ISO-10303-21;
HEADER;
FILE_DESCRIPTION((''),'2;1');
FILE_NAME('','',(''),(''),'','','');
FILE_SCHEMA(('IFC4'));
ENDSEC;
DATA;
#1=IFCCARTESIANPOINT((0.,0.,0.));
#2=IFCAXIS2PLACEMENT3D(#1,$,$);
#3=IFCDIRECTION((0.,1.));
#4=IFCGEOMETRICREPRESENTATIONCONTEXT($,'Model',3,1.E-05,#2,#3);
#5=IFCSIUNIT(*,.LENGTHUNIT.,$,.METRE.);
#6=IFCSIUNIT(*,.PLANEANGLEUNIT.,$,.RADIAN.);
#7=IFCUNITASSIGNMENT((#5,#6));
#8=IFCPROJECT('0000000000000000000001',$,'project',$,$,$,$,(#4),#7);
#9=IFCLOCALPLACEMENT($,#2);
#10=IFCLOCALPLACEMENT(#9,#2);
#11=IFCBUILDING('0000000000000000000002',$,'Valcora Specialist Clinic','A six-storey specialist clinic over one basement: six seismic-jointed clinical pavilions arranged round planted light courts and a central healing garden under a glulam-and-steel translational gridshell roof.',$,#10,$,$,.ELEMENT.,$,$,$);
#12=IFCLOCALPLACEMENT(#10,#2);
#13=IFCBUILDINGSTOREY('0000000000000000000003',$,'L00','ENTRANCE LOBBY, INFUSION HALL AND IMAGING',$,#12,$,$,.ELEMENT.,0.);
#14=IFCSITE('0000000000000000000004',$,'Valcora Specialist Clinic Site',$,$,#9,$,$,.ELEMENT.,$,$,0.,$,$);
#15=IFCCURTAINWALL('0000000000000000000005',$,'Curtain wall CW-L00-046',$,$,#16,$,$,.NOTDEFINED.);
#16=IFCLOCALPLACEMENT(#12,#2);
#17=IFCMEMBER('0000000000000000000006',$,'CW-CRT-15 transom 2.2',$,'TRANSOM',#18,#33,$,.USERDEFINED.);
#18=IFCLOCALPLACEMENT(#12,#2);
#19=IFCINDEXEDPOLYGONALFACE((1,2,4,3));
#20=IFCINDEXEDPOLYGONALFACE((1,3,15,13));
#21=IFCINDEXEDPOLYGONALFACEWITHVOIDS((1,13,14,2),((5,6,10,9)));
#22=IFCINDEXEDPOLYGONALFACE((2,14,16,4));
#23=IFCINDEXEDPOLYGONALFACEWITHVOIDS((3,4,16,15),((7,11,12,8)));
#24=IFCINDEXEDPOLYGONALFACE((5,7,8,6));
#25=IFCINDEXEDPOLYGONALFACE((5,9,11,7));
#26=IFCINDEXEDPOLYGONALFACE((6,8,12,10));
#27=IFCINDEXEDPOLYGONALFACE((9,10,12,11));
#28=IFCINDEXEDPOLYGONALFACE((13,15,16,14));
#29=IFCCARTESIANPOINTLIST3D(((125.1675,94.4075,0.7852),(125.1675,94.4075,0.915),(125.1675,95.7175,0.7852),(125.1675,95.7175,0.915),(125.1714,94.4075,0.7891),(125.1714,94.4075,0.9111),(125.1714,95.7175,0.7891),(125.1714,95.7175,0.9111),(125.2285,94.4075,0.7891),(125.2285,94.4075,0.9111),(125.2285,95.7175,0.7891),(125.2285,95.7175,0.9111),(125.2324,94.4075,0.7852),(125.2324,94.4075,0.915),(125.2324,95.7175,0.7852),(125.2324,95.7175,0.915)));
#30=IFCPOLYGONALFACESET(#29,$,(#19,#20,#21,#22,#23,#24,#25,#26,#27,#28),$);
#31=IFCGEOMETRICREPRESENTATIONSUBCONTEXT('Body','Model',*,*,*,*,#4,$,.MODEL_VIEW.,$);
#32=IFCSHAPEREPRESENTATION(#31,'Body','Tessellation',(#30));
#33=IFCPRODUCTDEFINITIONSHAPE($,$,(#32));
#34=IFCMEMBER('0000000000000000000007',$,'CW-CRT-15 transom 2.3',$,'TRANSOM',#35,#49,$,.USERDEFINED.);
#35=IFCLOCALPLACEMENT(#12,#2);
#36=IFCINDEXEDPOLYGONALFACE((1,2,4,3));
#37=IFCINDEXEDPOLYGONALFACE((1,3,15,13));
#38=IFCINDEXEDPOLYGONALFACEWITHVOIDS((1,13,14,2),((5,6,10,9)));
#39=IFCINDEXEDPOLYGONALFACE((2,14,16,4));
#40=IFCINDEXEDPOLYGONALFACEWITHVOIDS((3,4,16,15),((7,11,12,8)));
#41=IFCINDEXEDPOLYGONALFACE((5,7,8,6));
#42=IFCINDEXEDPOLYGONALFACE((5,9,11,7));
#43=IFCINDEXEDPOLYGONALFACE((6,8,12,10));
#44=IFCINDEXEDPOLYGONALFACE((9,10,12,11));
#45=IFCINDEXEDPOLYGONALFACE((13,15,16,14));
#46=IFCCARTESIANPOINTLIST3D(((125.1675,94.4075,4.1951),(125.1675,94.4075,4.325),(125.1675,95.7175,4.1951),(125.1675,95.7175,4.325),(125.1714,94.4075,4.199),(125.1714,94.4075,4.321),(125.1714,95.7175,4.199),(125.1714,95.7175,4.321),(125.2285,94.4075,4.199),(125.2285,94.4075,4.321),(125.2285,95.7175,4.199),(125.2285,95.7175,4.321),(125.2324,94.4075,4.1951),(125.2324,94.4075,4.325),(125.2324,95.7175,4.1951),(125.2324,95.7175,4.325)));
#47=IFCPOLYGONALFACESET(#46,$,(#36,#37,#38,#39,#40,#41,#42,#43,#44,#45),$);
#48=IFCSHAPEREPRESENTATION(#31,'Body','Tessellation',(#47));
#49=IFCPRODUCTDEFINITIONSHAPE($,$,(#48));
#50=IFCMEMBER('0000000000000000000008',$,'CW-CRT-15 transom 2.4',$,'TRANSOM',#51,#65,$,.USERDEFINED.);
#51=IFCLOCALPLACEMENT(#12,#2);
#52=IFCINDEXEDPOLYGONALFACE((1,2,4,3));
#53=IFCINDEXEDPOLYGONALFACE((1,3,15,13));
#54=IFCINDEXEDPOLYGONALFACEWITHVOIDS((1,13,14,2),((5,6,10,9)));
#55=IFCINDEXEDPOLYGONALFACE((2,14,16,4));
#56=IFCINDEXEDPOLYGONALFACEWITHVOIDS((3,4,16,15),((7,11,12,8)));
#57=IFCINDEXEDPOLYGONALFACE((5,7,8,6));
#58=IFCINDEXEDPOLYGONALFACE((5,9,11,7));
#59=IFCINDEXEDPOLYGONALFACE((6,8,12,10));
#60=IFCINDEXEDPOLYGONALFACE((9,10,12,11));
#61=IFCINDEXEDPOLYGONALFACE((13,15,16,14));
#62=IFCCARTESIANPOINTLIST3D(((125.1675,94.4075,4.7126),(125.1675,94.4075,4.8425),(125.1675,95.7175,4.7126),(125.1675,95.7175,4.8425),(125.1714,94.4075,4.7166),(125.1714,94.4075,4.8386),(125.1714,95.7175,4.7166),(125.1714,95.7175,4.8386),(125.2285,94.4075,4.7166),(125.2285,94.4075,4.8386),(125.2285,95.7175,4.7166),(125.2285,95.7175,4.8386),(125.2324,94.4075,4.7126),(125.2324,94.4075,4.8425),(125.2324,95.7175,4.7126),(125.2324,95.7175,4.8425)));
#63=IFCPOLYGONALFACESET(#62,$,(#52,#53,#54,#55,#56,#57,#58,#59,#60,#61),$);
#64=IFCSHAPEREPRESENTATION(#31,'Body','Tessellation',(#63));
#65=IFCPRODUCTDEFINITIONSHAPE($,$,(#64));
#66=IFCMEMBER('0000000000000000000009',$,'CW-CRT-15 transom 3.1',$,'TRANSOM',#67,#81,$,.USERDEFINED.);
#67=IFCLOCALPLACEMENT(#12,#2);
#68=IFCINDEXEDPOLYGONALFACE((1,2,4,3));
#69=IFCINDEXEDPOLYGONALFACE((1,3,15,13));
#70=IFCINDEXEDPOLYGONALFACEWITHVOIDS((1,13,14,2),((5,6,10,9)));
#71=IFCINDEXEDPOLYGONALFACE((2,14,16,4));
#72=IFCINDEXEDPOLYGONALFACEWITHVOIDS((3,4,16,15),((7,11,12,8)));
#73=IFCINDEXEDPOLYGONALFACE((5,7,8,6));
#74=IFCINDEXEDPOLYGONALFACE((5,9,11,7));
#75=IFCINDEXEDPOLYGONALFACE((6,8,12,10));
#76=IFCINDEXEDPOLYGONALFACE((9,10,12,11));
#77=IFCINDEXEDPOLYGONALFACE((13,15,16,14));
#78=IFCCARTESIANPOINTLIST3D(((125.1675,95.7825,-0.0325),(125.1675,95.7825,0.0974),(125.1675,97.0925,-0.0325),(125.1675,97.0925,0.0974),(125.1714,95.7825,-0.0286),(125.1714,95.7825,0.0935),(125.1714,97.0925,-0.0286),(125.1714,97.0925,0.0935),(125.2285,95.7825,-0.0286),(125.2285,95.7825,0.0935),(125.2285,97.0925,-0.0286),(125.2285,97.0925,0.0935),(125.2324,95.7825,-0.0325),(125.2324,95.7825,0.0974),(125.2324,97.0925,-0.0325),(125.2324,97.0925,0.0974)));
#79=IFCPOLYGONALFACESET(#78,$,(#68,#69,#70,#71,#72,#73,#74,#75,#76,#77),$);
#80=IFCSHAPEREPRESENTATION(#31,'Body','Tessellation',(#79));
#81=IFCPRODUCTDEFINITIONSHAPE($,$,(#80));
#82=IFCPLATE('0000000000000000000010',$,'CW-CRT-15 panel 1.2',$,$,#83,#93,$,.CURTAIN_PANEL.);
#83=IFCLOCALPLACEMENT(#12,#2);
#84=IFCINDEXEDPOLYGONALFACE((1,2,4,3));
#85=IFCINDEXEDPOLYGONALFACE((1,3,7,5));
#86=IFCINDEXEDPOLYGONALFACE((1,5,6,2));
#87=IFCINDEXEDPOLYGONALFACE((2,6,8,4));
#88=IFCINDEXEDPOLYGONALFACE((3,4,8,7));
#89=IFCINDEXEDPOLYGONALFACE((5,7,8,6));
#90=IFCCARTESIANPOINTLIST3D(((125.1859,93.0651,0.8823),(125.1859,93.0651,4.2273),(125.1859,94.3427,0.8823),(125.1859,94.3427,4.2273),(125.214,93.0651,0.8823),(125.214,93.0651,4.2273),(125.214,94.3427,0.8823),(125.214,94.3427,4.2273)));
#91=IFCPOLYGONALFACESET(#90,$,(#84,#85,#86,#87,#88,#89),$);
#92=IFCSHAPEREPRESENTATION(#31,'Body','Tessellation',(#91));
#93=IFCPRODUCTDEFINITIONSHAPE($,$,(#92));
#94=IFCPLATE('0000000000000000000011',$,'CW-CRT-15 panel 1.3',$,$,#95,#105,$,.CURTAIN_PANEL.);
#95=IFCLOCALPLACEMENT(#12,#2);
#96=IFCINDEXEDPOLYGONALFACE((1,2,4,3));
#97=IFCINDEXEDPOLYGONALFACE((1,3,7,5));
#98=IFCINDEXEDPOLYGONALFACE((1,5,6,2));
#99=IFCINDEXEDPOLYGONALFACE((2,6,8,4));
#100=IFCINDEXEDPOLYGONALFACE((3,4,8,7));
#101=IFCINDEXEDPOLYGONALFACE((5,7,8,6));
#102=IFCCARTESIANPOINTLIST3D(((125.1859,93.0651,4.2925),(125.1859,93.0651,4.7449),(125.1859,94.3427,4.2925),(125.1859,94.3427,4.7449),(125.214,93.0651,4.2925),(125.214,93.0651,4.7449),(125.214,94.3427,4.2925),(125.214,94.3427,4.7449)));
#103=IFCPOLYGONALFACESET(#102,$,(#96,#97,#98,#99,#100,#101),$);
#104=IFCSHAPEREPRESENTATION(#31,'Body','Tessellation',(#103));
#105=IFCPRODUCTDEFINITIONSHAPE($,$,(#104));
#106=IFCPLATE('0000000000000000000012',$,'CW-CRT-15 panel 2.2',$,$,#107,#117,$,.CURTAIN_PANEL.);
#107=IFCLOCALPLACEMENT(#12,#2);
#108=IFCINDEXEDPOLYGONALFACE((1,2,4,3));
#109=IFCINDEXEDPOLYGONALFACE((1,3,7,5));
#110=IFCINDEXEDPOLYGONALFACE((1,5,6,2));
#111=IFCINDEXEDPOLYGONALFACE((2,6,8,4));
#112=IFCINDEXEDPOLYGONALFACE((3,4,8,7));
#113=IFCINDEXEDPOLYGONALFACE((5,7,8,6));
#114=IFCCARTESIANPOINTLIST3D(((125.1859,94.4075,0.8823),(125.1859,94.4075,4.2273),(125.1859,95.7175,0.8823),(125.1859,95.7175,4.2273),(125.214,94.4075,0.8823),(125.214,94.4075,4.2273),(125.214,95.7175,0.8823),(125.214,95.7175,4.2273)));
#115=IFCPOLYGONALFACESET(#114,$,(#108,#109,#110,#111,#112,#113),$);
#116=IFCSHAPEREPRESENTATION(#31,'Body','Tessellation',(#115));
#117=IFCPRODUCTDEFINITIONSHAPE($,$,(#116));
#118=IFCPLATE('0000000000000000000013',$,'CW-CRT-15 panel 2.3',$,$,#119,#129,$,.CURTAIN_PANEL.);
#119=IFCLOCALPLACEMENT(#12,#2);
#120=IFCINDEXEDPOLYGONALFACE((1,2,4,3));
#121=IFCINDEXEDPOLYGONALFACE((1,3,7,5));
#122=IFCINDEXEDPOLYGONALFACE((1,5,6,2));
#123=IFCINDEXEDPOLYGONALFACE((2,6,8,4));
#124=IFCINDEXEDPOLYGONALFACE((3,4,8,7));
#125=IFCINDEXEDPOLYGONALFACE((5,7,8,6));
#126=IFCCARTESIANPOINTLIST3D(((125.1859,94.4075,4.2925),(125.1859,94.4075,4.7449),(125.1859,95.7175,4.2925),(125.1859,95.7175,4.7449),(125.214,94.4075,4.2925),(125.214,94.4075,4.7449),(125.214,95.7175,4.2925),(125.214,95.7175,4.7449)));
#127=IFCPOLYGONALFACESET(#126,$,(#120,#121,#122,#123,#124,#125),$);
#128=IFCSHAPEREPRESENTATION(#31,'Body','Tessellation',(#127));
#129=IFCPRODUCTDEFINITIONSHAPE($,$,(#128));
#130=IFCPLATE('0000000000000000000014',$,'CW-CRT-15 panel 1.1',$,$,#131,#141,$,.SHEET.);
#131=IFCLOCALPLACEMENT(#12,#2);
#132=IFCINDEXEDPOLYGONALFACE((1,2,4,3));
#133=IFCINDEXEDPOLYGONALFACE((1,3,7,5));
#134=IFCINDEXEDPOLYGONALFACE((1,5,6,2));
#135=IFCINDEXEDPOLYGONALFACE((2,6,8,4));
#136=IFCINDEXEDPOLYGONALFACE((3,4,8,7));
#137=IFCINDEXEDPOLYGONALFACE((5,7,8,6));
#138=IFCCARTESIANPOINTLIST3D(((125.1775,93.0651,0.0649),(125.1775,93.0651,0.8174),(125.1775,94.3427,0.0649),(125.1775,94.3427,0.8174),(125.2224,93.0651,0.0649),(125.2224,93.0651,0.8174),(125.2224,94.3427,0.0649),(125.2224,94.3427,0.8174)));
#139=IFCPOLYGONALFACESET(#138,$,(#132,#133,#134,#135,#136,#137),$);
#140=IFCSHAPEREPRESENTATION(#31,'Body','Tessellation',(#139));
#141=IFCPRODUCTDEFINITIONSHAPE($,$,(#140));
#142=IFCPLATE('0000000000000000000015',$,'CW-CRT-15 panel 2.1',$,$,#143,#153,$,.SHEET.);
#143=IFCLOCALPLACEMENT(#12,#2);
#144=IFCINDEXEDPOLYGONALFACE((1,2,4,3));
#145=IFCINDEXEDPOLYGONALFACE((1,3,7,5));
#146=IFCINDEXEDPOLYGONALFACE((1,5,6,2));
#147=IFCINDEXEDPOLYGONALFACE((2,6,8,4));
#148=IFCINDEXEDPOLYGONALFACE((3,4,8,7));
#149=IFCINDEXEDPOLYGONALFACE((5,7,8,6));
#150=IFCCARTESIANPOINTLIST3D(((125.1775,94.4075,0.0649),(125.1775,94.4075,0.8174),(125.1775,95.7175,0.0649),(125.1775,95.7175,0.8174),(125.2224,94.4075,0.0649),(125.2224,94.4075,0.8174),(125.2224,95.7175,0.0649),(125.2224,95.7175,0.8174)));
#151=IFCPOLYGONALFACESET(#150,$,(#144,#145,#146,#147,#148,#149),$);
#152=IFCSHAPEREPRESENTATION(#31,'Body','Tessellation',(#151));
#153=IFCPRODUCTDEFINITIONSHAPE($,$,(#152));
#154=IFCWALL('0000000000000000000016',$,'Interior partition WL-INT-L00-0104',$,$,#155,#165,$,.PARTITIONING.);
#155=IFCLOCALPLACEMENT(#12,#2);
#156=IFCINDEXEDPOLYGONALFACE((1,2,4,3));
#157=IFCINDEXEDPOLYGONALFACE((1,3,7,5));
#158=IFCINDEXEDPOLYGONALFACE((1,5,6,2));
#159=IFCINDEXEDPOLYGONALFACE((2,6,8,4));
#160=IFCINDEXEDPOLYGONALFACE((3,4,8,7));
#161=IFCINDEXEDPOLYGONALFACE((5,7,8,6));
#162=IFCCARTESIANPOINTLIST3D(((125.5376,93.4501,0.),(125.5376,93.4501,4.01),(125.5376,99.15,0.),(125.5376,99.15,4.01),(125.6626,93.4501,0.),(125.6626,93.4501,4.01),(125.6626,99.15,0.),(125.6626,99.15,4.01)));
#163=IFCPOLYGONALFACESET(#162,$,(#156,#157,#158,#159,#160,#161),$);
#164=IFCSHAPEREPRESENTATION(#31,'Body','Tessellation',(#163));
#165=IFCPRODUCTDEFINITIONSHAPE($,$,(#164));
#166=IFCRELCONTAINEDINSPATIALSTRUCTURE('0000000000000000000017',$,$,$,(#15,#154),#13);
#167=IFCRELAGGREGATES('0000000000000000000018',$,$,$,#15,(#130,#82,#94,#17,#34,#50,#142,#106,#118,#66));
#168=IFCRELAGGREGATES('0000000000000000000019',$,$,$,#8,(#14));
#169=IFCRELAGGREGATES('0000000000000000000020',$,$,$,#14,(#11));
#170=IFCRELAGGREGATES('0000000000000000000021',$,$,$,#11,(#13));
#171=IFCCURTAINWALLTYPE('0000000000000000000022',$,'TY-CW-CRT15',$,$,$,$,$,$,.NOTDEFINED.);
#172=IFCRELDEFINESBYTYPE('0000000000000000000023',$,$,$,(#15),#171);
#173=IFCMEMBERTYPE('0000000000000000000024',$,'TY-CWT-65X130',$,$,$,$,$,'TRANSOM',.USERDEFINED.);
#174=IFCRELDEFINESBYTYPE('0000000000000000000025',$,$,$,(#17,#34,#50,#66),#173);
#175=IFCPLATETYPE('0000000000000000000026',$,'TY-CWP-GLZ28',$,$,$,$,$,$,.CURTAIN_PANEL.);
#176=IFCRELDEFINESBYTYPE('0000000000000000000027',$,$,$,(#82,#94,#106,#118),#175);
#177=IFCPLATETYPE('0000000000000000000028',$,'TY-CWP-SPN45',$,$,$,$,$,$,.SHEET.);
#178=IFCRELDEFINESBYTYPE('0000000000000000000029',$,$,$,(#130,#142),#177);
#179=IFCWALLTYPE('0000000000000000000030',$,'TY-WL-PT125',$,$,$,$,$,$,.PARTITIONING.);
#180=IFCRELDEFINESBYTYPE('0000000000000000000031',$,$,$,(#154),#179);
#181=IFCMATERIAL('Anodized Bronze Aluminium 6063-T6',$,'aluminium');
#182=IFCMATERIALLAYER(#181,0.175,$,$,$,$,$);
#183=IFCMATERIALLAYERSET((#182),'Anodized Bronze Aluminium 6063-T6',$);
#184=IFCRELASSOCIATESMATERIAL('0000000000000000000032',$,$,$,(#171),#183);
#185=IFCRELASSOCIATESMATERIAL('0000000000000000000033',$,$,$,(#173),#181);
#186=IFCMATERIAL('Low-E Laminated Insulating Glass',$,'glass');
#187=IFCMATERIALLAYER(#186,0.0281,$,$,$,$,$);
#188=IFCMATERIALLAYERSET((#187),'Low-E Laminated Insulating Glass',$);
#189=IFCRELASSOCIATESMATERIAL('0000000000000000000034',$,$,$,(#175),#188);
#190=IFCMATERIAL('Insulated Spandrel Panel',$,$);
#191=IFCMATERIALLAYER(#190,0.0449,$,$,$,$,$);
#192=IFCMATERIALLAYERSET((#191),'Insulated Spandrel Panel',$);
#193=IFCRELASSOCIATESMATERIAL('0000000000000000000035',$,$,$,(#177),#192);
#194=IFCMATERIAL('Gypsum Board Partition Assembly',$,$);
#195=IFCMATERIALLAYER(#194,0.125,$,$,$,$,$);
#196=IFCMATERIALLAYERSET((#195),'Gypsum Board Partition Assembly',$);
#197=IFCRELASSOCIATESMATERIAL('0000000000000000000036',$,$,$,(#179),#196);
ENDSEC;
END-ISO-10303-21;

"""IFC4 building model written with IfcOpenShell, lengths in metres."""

from ifc_helpers import new_model, si_unit, direction, frame, frame_2d, origin, origin_2d, place, context, subcontext, project, spatial, rectangle, hollow_rectangle, extrude, material, layer, layer_set, material_profile, profile_set, type_object, element, aggregate, save


model = new_model("IFC4")

# Units and contexts
model_context = context("Model", 3, precision=1e-05, world=origin(), true_north=direction((0.0, 1.0)))
body_context = subcontext(model_context, "Body", "Model", "MODEL_VIEW")
ifc_project = project(units=[si_unit("LENGTHUNIT", "METRE"), si_unit("PLANEANGLEUNIT", "RADIAN")], contexts=[model_context])

# Site, building, storey
site_placement = place(None, origin())
site = spatial("IfcSite", under=ifc_project, at=site_placement, Name="Valcora Specialist Clinic Site", CompositionType="ELEMENT", RefElevation=0.0)
building_placement = place(site_placement, origin())
building = spatial("IfcBuilding", under=site, at=building_placement, Name="Valcora Specialist Clinic", Description="A six-storey specialist clinic over one basement: six seismic-jointed clinical pavilions arranged round planted light courts and a central healing garden under a glulam-and-steel translational gridshell roof.", CompositionType="ELEMENT")
storey_placement = place(building_placement, origin())
storey = spatial("IfcBuildingStorey", under=building, at=storey_placement, Name="L00", Description="ENTRANCE LOBBY, INFUSION HALL AND IMAGING", CompositionType="ELEMENT", Elevation=0.0)

# Curtain wall, members, plates
ifc_material_1 = material(Name="Anodized Bronze Aluminium 6063-T6", Category="aluminium")
ifc_layer_1 = layer(ifc_material_1, 0.175)
ifc_layer_set_1 = layer_set([ifc_layer_1], Name="Anodized Bronze Aluminium 6063-T6")
curtain_wall_type = type_object("IfcCurtainWallType", Name="TY-CW-CRT15", PredefinedType="NOTDEFINED", material=ifc_layer_set_1)
curtain_wall_placement = place(storey_placement, origin())
curtain_wall = element("IfcCurtainWall", 1, at=curtain_wall_placement, inside=storey, type_object=curtain_wall_type, Name="Curtain wall CW-L00-046", PredefinedType="NOTDEFINED")
ifc_material_profile_1 = material_profile(ifc_material_1, hollow_rectangle(XDim=0.0649, YDim=0.1299, WallThickness=0.0039, at=origin_2d()), Name="AL-TRN-65X130")
ifc_profile_set_1 = profile_set([ifc_material_profile_1], Name="Anodized Bronze Aluminium 6063-T6")
member_type_1 = type_object("IfcMemberType", Name="TY-CWT-65X130", ElementType="TRANSOM", PredefinedType="USERDEFINED", material=ifc_profile_set_1)
member_1_placement = place(storey_placement, frame((125.2, 94.4075, 0.8501), z_axis=(0.0, 1.0, 0.0), x_axis=(-1.0, 0.0, 0.0)))
member_1 = element("IfcMember", 2, at=member_1_placement, type_object=member_type_1, Name="CW-CRT-15 transom 2.2", ObjectType="TRANSOM", PredefinedType="USERDEFINED", context=body_context, shape_type="SweptSolid", body=[
    extrude(hollow_rectangle(XDim=0.0649, YDim=0.1299, WallThickness=0.0039, at=origin_2d()), origin(), (0.0, 0.0, 1.0), 1.3101),
])
member_2_placement = place(storey_placement, frame((125.2, 94.4075, 4.26), z_axis=(0.0, 1.0, 0.0), x_axis=(-1.0, 0.0, 0.0)))
member_2 = element("IfcMember", 3, at=member_2_placement, type_object=member_type_1, Name="CW-CRT-15 transom 2.3", ObjectType="TRANSOM", PredefinedType="USERDEFINED", context=body_context, shape_type="SweptSolid", body=[
    extrude(hollow_rectangle(XDim=0.0649, YDim=0.1299, WallThickness=0.0039, at=origin_2d()), origin(), (0.0, 0.0, 1.0), 1.3101),
])
member_3_placement = place(storey_placement, frame((125.2, 94.4075, 4.7776), z_axis=(0.0, 1.0, 0.0), x_axis=(-1.0, 0.0, 0.0)))
member_3 = element("IfcMember", 4, at=member_3_placement, type_object=member_type_1, Name="CW-CRT-15 transom 2.4", ObjectType="TRANSOM", PredefinedType="USERDEFINED", context=body_context, shape_type="SweptSolid", body=[
    extrude(hollow_rectangle(XDim=0.0649, YDim=0.1299, WallThickness=0.0039, at=origin_2d()), origin(), (0.0, 0.0, 1.0), 1.3101),
])
member_4_placement = place(storey_placement, frame((125.2, 95.7825, 0.0325), z_axis=(0.0, 1.0, 0.0), x_axis=(-1.0, 0.0, 0.0)))
member_4 = element("IfcMember", 5, at=member_4_placement, type_object=member_type_1, Name="CW-CRT-15 transom 3.1", ObjectType="TRANSOM", PredefinedType="USERDEFINED", context=body_context, shape_type="SweptSolid", body=[
    extrude(hollow_rectangle(XDim=0.0649, YDim=0.1299, WallThickness=0.0039, at=origin_2d()), origin(), (0.0, 0.0, 1.0), 1.3101),
])
ifc_material_2 = material(Name="Low-E Laminated Insulating Glass", Category="glass")
ifc_layer_2 = layer(ifc_material_2, 0.0281)
ifc_layer_set_2 = layer_set([ifc_layer_2], Name="Low-E Laminated Insulating Glass")
plate_type_1 = type_object("IfcPlateType", Name="TY-CWP-GLZ28", PredefinedType="CURTAIN_PANEL", material=ifc_layer_set_2)
plate_1_placement = place(storey_placement, frame((125.2, 93.7039, 0.8823), z_axis=(0.0, 0.0, 1.0), x_axis=(0.0, 1.0, 0.0)))
plate_1 = element("IfcPlate", 6, at=plate_1_placement, type_object=plate_type_1, Name="CW-CRT-15 panel 1.2", PredefinedType="CURTAIN_PANEL", context=body_context, shape_type="SweptSolid", body=[
    extrude(rectangle(XDim=1.2776, YDim=0.0281, at=origin_2d()), origin(), (0.0, 0.0, 1.0), 3.345),
])
plate_2_placement = place(storey_placement, frame((125.2, 93.7039, 4.2925), z_axis=(0.0, 0.0, 1.0), x_axis=(0.0, 1.0, 0.0)))
plate_2 = element("IfcPlate", 7, at=plate_2_placement, type_object=plate_type_1, Name="CW-CRT-15 panel 1.3", PredefinedType="CURTAIN_PANEL", context=body_context, shape_type="SweptSolid", body=[
    extrude(rectangle(XDim=1.2776, YDim=0.0281, at=origin_2d()), origin(), (0.0, 0.0, 1.0), 0.4524),
])
plate_3_placement = place(storey_placement, frame((125.2, 95.0625, 0.8823), z_axis=(0.0, 0.0, 1.0), x_axis=(0.0, 1.0, 0.0)))
plate_3 = element("IfcPlate", 8, at=plate_3_placement, type_object=plate_type_1, Name="CW-CRT-15 panel 2.2", PredefinedType="CURTAIN_PANEL", context=body_context, shape_type="SweptSolid", body=[
    extrude(rectangle(XDim=1.3101, YDim=0.0281, at=origin_2d()), origin(), (0.0, 0.0, 1.0), 3.345),
])
plate_4_placement = place(storey_placement, frame((125.2, 95.0625, 4.2925), z_axis=(0.0, 0.0, 1.0), x_axis=(0.0, 1.0, 0.0)))
plate_4 = element("IfcPlate", 9, at=plate_4_placement, type_object=plate_type_1, Name="CW-CRT-15 panel 2.3", PredefinedType="CURTAIN_PANEL", context=body_context, shape_type="SweptSolid", body=[
    extrude(rectangle(XDim=1.3101, YDim=0.0281, at=origin_2d()), origin(), (0.0, 0.0, 1.0), 0.4524),
])
ifc_material_3 = material(Name="Insulated Spandrel Panel")
ifc_layer_3 = layer(ifc_material_3, 0.0449)
ifc_layer_set_3 = layer_set([ifc_layer_3], Name="Insulated Spandrel Panel")
plate_type_2 = type_object("IfcPlateType", Name="TY-CWP-SPN45", PredefinedType="SHEET", material=ifc_layer_set_3)
plate_5_placement = place(storey_placement, frame((125.2, 93.7039, 0.0649), z_axis=(0.0, 0.0, 1.0), x_axis=(0.0, 1.0, 0.0)))
plate_5 = element("IfcPlate", 10, at=plate_5_placement, type_object=plate_type_2, Name="CW-CRT-15 panel 1.1", PredefinedType="SHEET", context=body_context, shape_type="SweptSolid", body=[
    extrude(rectangle(XDim=1.2776, YDim=0.0449, at=origin_2d()), origin(), (0.0, 0.0, 1.0), 0.7524),
])
plate_6_placement = place(storey_placement, frame((125.2, 95.0625, 0.0649), z_axis=(0.0, 0.0, 1.0), x_axis=(0.0, 1.0, 0.0)))
plate_6 = element("IfcPlate", 11, at=plate_6_placement, type_object=plate_type_2, Name="CW-CRT-15 panel 2.1", PredefinedType="SHEET", context=body_context, shape_type="SweptSolid", body=[
    extrude(rectangle(XDim=1.3101, YDim=0.0449, at=origin_2d()), origin(), (0.0, 0.0, 1.0), 0.7524),
])
aggregate(curtain_wall, [plate_5, plate_1, plate_2, member_1, member_2, member_3, plate_6, plate_3, plate_4, member_4])

# Wall
ifc_material_4 = material(Name="Gypsum Board Partition Assembly")
ifc_layer_4 = layer(ifc_material_4, 0.125)
ifc_layer_set_4 = layer_set([ifc_layer_4], Name="Gypsum Board Partition Assembly")
wall_type = type_object("IfcWallType", Name="TY-WL-PT125", PredefinedType="PARTITIONING", material=ifc_layer_set_4)
wall_placement = place(storey_placement, frame((125.6001, 93.45, 0.0), z_axis=(0.0, 0.0, 1.0), x_axis=(0.0, 1.0, 0.0)))
element("IfcWall", 12, at=wall_placement, inside=storey, type_object=wall_type, Name="Interior partition WL-INT-L00-0104", PredefinedType="PARTITIONING", context=body_context, shape_type="SweptSolid", body=[
    extrude(rectangle(XDim=5.7, YDim=0.125, at=frame_2d((2.8501, 0.0))), origin(), (0.0, 0.0, 1.0), 4.01),
])

save(model, "model.ifc")
